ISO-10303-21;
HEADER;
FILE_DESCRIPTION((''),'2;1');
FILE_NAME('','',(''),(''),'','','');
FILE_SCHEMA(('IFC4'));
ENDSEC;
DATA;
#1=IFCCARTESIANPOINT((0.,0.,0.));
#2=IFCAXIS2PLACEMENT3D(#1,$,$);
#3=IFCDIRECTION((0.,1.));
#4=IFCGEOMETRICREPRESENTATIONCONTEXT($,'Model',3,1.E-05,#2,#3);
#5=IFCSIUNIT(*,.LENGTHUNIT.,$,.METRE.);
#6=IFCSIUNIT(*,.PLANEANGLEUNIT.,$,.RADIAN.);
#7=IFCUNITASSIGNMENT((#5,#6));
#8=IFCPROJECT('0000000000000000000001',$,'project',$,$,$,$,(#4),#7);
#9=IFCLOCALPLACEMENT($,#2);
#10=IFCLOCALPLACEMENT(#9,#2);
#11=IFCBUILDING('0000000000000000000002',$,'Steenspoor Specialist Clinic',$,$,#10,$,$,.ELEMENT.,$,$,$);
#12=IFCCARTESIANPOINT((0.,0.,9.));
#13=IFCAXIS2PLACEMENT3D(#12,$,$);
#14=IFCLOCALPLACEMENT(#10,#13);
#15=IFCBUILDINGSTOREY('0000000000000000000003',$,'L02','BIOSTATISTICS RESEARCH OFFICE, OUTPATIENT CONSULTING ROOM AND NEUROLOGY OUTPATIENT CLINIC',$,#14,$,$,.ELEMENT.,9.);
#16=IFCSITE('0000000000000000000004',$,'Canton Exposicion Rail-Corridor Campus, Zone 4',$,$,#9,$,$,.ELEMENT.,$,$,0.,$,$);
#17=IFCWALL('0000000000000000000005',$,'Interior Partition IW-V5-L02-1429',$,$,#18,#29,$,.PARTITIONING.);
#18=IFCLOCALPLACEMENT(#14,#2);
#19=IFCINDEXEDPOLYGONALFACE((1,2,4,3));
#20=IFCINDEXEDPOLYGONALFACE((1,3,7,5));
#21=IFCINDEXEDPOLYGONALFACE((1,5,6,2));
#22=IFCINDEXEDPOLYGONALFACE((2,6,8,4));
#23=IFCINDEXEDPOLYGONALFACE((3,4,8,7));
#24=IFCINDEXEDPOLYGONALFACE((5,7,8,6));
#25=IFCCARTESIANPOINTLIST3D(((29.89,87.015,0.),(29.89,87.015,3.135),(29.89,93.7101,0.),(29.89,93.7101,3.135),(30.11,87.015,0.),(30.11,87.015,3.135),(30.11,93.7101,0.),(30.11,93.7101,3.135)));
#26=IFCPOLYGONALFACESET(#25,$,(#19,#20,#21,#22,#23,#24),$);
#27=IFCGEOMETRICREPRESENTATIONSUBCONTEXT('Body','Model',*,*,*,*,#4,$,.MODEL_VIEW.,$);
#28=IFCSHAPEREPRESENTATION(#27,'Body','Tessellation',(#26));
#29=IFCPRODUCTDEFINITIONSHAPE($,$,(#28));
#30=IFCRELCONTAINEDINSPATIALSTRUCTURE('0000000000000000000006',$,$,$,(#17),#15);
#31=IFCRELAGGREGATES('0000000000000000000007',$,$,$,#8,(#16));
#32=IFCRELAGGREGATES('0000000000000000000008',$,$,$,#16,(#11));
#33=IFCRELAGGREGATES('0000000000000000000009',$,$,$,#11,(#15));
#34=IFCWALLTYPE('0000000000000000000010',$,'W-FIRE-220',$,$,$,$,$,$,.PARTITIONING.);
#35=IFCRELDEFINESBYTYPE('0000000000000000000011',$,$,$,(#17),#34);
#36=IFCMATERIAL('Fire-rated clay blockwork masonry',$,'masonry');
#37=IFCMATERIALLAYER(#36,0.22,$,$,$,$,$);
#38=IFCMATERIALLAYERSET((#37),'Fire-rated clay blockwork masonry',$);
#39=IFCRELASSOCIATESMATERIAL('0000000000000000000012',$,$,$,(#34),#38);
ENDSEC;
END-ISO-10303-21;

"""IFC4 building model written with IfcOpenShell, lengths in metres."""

from ifc_helpers import new_model, si_unit, direction, frame, frame_2d, origin, place, context, subcontext, project, spatial, rectangle, extrude, material, layer, layer_set, type_object, element, save


model = new_model("IFC4")

# Units and contexts
model_context = context("Model", 3, precision=1e-05, world=origin(), true_north=direction((0.0, 1.0)))
body_context = subcontext(model_context, "Body", "Model", "MODEL_VIEW")
ifc_project = project(units=[si_unit("LENGTHUNIT", "METRE"), si_unit("PLANEANGLEUNIT", "RADIAN")], contexts=[model_context])

# Site, building, storey
site_placement = place(None, origin())
site = spatial("IfcSite", under=ifc_project, at=site_placement, Name="Canton Exposicion Rail-Corridor Campus, Zone 4", CompositionType="ELEMENT", RefElevation=0.0)
building_placement = place(site_placement, origin())
building = spatial("IfcBuilding", under=site, at=building_placement, Name="Steenspoor Specialist Clinic", CompositionType="ELEMENT")
storey_placement = place(building_placement, frame((0.0, 0.0, 9.0)))
storey = spatial("IfcBuildingStorey", under=building, at=storey_placement, Name="L02", Description="BIOSTATISTICS RESEARCH OFFICE, OUTPATIENT CONSULTING ROOM AND NEUROLOGY OUTPATIENT CLINIC", CompositionType="ELEMENT", Elevation=9.0)

# Shared definitions
ifc_material_1 = material(Name="Fire-rated clay blockwork masonry", Category="masonry")
ifc_layer_1 = layer(ifc_material_1, 0.22)
ifc_layer_set_1 = layer_set([ifc_layer_1], Name="Fire-rated clay blockwork masonry")
wall_type_1 = type_object("IfcWallType", Name="W-FIRE-220", PredefinedType="PARTITIONING", material=ifc_layer_set_1)

# Wall
wall_1_placement = place(storey_placement, frame((30.0, 87.0149, 0.0), z_axis=(0.0, 0.0, 1.0), x_axis=(0.0, 1.0, 0.0)))
element("IfcWall", 1, at=wall_1_placement, inside=storey, type_object=wall_type_1, Name="Interior Partition IW-V5-L02-1429", PredefinedType="PARTITIONING", context=body_context, shape_type="SweptSolid", body=[
    extrude(rectangle(XDim=6.6951, YDim=0.22, at=frame_2d((3.3477, 0.0))), origin(), (0.0, 0.0, 1.0), 3.135),
])

save(model, "model.ifc")
